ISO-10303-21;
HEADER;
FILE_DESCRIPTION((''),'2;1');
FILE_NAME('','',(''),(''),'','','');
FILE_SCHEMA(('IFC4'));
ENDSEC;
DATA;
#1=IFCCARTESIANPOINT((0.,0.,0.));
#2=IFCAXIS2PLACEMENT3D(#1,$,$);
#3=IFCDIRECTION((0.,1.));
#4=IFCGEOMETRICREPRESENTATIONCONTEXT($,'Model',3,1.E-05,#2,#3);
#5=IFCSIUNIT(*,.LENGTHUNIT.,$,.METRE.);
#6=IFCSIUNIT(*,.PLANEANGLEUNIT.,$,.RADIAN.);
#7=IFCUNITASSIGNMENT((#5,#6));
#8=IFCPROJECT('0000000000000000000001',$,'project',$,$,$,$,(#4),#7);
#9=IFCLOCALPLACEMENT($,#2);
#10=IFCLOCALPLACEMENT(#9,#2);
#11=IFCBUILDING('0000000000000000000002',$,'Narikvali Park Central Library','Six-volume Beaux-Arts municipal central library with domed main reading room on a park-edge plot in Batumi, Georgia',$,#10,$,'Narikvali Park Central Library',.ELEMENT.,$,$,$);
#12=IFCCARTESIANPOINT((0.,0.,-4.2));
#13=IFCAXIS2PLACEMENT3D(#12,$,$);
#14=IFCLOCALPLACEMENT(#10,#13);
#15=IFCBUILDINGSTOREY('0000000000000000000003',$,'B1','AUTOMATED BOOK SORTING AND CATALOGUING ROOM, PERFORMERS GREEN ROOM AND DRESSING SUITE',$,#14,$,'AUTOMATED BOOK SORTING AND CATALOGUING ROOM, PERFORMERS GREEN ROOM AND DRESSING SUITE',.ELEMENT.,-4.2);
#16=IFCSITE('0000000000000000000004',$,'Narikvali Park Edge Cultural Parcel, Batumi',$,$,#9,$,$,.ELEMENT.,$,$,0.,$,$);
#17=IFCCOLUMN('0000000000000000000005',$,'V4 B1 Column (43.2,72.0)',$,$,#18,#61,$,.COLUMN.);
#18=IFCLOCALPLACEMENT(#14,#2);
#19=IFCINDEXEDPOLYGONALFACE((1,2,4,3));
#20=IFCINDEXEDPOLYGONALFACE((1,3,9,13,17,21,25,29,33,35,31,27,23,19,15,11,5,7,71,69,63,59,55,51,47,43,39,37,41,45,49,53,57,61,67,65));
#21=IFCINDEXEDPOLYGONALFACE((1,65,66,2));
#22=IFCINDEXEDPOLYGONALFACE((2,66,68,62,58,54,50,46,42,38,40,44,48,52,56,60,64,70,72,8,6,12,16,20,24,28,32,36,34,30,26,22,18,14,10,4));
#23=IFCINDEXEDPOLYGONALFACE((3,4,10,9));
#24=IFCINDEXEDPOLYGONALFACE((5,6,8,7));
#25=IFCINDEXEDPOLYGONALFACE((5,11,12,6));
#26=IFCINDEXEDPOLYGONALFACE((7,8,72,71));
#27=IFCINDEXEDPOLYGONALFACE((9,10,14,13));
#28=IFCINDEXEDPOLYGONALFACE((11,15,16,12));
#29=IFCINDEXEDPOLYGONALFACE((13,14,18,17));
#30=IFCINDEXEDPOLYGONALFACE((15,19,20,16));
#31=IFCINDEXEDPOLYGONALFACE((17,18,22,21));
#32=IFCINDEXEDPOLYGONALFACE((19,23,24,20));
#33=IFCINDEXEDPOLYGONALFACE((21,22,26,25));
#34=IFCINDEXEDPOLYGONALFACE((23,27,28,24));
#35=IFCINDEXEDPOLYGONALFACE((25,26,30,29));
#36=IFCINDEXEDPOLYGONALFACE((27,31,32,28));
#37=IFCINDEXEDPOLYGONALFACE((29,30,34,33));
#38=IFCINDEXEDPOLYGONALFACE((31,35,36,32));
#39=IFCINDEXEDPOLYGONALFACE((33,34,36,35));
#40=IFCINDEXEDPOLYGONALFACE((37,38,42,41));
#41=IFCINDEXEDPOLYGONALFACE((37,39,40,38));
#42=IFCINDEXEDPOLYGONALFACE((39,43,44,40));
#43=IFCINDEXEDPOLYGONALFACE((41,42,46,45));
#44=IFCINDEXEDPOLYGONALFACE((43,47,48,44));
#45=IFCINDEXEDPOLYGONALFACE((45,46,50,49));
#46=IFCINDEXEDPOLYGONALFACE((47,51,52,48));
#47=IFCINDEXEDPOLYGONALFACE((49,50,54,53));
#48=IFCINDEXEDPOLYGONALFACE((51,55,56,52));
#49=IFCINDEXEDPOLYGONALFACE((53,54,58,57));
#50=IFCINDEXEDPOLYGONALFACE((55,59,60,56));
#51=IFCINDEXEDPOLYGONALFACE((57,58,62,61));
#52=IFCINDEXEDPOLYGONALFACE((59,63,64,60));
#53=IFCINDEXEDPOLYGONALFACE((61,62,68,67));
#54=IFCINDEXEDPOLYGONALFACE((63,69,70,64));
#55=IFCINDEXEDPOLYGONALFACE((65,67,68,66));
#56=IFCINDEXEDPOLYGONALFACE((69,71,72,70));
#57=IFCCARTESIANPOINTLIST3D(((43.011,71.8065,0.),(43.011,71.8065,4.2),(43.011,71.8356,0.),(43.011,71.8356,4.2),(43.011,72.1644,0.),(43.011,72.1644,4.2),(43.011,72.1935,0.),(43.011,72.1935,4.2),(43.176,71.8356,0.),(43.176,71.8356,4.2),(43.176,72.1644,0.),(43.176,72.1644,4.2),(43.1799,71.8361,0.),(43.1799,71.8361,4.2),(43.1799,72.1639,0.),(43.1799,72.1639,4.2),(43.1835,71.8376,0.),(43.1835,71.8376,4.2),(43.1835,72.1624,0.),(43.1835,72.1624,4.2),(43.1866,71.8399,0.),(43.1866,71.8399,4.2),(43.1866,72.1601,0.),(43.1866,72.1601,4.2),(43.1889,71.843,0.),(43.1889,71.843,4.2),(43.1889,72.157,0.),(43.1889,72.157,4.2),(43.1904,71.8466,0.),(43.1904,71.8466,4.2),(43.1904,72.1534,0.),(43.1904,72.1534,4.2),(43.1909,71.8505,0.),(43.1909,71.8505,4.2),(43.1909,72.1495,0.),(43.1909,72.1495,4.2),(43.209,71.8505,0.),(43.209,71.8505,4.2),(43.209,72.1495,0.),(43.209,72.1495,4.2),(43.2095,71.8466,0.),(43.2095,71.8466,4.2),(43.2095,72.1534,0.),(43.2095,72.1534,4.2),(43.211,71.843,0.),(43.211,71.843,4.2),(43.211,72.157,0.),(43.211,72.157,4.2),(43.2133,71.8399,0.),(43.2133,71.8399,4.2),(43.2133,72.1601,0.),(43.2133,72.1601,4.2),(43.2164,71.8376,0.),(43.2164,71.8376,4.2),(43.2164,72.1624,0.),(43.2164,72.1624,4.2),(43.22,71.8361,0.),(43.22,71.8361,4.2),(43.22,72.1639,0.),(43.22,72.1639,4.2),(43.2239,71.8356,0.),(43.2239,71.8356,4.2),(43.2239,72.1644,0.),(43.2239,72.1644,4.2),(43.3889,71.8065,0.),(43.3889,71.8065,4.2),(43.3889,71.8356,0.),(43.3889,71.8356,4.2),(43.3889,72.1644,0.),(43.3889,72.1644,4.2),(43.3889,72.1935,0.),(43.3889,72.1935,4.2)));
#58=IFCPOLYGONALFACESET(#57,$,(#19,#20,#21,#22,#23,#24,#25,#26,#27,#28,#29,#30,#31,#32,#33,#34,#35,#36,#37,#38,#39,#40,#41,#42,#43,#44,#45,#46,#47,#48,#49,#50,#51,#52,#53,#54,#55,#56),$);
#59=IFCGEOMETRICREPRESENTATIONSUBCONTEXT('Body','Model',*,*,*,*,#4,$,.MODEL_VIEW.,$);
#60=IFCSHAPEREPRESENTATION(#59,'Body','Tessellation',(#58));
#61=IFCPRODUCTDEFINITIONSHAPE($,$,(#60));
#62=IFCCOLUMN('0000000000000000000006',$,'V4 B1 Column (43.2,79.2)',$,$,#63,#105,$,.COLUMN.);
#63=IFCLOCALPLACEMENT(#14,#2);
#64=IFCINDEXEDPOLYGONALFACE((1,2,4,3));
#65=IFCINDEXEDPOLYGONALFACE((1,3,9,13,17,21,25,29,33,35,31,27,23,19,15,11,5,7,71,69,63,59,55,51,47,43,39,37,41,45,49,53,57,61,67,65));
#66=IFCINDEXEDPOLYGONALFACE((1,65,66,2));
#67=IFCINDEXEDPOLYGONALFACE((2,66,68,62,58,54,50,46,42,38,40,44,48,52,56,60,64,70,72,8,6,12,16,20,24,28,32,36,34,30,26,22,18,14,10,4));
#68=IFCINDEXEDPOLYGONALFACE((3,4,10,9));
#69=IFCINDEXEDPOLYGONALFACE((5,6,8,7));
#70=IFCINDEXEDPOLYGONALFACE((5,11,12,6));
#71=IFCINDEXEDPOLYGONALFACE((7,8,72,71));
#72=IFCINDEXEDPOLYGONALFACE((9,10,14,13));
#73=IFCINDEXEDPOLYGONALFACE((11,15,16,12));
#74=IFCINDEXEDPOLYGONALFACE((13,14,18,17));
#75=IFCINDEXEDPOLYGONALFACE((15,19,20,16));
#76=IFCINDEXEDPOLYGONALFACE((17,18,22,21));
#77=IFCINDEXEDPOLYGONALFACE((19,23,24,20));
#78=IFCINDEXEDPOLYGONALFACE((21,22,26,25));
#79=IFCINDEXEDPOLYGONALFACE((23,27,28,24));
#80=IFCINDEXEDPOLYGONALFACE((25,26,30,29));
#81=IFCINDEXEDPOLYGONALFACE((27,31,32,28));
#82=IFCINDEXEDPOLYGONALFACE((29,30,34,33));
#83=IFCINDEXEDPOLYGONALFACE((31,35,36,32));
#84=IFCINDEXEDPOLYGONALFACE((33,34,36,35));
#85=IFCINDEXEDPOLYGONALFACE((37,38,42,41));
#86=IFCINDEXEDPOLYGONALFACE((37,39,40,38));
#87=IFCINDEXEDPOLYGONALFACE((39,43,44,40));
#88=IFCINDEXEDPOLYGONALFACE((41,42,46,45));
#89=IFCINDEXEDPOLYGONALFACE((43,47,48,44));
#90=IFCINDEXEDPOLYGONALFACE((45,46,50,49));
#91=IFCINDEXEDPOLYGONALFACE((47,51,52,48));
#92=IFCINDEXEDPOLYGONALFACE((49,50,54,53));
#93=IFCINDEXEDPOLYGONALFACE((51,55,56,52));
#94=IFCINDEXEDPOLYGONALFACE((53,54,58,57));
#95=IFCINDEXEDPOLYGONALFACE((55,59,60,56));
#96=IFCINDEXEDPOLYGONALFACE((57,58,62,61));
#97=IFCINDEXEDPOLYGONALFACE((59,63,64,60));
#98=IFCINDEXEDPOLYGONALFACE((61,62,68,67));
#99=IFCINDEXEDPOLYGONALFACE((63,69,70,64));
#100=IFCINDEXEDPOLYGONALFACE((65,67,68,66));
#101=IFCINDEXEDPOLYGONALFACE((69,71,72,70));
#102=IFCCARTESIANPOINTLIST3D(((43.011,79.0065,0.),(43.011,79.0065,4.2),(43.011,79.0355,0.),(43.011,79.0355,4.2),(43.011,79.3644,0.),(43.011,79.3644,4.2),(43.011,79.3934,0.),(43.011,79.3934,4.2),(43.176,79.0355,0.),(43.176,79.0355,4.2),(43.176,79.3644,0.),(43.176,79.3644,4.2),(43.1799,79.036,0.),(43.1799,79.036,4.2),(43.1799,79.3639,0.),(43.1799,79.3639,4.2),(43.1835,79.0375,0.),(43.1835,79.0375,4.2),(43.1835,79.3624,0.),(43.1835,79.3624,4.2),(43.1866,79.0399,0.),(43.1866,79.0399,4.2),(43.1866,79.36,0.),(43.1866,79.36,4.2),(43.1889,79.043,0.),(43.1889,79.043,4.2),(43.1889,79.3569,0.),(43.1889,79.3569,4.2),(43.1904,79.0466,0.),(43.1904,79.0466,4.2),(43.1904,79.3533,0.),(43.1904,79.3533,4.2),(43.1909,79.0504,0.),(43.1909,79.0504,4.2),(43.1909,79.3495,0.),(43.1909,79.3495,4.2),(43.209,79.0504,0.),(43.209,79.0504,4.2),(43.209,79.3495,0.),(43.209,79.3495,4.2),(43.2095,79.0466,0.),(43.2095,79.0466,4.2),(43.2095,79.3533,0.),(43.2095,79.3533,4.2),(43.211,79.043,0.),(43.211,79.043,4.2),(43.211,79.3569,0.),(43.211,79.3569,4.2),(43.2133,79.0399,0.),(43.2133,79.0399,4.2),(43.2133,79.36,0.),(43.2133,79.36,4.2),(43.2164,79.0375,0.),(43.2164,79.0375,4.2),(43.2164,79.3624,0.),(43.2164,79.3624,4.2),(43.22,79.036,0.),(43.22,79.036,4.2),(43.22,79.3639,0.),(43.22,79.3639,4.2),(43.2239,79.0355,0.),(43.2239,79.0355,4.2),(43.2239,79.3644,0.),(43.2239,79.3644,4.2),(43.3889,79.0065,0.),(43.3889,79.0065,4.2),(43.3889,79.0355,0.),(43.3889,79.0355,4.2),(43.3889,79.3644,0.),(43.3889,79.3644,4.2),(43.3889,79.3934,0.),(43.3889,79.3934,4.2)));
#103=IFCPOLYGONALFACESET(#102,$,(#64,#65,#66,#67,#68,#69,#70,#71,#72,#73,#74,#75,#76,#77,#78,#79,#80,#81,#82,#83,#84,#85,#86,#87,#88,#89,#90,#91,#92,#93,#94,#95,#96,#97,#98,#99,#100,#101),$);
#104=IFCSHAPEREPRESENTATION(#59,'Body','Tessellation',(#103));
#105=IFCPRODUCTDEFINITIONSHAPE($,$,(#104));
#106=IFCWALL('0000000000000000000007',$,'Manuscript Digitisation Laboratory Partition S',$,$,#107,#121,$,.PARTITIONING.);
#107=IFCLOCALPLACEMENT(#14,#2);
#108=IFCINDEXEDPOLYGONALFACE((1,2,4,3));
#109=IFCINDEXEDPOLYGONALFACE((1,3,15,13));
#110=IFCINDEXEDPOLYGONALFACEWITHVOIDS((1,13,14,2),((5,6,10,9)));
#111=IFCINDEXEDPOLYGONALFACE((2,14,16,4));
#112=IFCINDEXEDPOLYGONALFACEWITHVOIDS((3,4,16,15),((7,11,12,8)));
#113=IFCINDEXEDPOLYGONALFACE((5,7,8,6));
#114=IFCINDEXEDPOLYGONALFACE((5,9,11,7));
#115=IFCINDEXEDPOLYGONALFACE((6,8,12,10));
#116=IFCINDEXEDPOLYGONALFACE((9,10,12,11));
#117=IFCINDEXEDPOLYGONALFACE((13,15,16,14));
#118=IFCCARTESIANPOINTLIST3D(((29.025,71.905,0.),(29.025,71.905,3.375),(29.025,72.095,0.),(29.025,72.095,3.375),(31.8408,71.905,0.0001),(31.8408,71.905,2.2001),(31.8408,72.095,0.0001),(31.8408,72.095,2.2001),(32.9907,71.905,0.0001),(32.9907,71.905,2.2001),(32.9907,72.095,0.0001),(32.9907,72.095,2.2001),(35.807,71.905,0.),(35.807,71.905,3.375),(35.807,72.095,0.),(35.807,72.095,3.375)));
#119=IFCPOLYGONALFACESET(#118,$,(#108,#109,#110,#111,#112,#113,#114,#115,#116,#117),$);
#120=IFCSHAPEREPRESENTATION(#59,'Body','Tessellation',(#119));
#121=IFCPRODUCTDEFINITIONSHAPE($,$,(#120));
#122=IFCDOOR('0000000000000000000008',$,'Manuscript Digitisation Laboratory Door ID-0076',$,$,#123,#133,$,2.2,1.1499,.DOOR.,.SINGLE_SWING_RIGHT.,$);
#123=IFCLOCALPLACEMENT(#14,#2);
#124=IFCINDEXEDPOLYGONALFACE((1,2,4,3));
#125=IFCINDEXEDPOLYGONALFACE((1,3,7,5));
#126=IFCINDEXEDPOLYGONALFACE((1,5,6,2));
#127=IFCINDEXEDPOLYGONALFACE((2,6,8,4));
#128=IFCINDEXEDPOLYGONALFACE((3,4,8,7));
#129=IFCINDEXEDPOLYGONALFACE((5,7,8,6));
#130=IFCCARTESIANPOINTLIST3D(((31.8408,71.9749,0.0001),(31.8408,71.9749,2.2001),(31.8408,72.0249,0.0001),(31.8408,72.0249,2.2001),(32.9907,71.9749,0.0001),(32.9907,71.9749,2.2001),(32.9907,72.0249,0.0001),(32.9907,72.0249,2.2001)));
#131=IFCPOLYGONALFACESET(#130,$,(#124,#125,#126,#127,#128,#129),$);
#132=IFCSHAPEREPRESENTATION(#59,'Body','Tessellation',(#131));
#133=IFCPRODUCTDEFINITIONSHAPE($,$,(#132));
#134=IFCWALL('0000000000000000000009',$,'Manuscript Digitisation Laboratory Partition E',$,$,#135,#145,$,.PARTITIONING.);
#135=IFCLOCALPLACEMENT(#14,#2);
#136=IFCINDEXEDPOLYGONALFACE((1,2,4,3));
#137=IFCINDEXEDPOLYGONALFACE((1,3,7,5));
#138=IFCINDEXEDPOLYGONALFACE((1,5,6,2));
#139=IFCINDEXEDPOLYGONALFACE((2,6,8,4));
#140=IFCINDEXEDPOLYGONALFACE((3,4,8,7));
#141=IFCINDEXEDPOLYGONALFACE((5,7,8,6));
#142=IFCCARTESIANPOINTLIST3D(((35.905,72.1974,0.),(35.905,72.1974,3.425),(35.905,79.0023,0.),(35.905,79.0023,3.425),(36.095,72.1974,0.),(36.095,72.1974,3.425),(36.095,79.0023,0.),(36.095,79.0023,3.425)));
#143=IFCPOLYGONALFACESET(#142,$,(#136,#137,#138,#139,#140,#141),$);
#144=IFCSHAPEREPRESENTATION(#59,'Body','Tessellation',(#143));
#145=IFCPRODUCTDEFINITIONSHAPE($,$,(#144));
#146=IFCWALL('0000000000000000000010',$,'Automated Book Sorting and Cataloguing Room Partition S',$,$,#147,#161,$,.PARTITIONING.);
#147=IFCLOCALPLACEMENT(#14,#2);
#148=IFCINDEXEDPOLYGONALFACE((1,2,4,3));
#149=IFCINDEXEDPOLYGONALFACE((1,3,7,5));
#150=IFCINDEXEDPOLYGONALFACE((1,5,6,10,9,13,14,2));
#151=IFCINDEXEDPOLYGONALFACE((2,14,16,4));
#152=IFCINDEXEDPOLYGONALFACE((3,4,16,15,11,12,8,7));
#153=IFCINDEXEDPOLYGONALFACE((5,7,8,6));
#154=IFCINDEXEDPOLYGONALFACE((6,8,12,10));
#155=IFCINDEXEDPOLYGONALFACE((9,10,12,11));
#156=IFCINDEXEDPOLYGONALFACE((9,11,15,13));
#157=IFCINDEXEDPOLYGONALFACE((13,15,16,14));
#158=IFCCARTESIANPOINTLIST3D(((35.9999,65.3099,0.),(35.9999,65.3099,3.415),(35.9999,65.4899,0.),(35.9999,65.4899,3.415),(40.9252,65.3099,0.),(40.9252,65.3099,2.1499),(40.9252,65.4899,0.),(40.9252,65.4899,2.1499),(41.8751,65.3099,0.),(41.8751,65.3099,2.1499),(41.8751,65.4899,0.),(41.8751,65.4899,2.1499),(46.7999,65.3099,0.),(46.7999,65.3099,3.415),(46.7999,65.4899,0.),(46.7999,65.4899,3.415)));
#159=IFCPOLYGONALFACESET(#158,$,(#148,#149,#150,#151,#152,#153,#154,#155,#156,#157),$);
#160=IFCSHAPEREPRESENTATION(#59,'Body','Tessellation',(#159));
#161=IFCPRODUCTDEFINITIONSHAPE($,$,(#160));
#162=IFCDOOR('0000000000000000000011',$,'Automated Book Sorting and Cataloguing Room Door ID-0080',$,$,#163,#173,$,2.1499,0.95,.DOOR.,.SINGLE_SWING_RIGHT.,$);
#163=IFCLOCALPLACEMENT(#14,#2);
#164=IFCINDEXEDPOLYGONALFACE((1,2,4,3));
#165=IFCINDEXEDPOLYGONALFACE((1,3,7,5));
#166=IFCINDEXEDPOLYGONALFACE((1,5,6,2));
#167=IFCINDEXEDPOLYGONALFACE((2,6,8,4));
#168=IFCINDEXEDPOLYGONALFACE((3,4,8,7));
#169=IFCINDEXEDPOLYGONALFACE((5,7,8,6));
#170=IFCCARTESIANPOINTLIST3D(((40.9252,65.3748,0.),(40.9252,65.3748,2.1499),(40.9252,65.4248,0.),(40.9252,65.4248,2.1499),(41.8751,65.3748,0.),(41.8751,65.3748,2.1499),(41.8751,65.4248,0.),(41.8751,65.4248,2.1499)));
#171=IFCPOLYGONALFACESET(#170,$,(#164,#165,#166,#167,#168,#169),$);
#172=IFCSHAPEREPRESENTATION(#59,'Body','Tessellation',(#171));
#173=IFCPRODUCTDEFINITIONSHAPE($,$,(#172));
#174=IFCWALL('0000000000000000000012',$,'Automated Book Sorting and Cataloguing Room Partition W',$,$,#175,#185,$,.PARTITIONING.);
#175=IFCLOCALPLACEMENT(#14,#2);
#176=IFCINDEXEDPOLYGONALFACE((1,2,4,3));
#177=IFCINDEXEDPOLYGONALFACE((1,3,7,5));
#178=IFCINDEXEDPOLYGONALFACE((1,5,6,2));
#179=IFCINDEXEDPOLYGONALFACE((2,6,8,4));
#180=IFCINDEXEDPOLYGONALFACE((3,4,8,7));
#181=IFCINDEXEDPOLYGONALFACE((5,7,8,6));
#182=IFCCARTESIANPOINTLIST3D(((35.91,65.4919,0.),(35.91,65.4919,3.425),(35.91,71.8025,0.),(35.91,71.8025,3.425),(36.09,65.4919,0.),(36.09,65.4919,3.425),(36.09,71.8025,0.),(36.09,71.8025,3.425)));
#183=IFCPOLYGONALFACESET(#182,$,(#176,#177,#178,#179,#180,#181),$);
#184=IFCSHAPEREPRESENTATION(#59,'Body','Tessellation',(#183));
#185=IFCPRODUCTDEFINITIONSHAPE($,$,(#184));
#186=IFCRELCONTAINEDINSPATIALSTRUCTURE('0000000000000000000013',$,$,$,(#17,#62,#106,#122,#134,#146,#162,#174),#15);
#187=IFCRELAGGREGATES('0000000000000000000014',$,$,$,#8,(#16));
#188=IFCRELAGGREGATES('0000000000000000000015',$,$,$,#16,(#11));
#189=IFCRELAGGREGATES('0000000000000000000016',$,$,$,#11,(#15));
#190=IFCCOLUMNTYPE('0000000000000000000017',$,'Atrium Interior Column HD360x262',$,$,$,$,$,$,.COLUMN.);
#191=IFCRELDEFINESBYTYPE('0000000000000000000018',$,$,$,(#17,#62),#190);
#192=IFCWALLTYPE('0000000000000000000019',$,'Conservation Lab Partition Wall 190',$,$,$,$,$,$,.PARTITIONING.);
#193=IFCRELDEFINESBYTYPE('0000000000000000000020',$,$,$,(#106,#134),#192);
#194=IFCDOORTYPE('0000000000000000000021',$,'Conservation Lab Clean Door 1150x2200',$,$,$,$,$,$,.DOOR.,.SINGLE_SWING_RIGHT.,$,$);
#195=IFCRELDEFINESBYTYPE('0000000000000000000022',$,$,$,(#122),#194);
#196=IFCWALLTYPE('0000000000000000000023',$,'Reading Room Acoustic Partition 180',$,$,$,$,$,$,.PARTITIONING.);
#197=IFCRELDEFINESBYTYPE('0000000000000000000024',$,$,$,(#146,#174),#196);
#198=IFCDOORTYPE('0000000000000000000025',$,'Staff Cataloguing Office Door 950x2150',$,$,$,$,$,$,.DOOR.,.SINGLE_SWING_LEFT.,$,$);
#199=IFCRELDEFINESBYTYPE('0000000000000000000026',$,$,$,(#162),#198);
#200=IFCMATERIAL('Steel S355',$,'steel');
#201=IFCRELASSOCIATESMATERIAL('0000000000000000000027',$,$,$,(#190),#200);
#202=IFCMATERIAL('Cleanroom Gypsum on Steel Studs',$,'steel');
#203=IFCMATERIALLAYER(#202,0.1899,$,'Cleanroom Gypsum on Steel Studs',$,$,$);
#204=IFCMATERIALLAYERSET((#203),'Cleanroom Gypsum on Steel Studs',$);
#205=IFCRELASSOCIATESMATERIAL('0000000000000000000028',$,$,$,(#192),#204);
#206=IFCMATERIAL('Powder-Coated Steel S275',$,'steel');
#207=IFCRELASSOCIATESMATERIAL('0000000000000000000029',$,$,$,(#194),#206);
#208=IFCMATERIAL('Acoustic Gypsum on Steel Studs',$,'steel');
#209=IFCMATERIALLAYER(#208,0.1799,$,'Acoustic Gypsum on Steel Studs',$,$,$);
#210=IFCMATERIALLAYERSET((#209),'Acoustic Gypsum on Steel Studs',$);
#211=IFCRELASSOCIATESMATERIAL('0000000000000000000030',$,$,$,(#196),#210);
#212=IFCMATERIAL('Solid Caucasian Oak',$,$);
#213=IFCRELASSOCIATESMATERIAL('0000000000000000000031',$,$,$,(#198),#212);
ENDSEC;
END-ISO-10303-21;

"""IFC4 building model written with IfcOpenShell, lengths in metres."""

from ifc_helpers import new_model, si_unit, direction, frame, frame_2d, origin, origin_2d, place, context, subcontext, project, spatial, rectangle, i_section, extrude, material, layer, layer_set, material_profile, profile_set, type_object, element, fill, save


model = new_model("IFC4")

# Units and contexts
model_context = context("Model", 3, precision=1e-05, world=origin(), true_north=direction((0.0, 1.0)))
body_context = subcontext(model_context, "Body", "Model", "MODEL_VIEW")
ifc_project = project(units=[si_unit("LENGTHUNIT", "METRE"), si_unit("PLANEANGLEUNIT", "RADIAN")], contexts=[model_context])

# Site, building, storey
site_placement = place(None, origin())
site = spatial("IfcSite", under=ifc_project, at=site_placement, Name="Narikvali Park Edge Cultural Parcel, Batumi", CompositionType="ELEMENT", RefElevation=0.0)
building_placement = place(site_placement, origin())
building = spatial("IfcBuilding", under=site, at=building_placement, Name="Narikvali Park Central Library", Description="Six-volume Beaux-Arts municipal central library with domed main reading room on a park-edge plot in Batumi, Georgia", LongName="Narikvali Park Central Library", CompositionType="ELEMENT")
storey_placement = place(building_placement, frame((0.0, 0.0, -4.2)))
storey = spatial("IfcBuildingStorey", under=building, at=storey_placement, Name="B1", Description="AUTOMATED BOOK SORTING AND CATALOGUING ROOM, PERFORMERS GREEN ROOM AND DRESSING SUITE", LongName="AUTOMATED BOOK SORTING AND CATALOGUING ROOM, PERFORMERS GREEN ROOM AND DRESSING SUITE", CompositionType="ELEMENT", Elevation=-4.2)

# Columns
ifc_material_1 = material(Name="Steel S355", Category="steel")
ifc_material_profile_1 = material_profile(ifc_material_1, i_section(OverallWidth=0.3779, OverallDepth=0.387, WebThickness=0.0181, FlangeThickness=0.0291, FilletRadius=0.0149, at=origin_2d()), Name="HD 360x262")
ifc_profile_set_1 = profile_set([ifc_material_profile_1], Name="Steel S355")
column_type = type_object("IfcColumnType", Name="Atrium Interior Column HD360x262", PredefinedType="COLUMN", material=ifc_profile_set_1)
for number, where, z_axis, x_axis, name in (
    (1, (43.2, 72.0, 0.0), (0.0, 0.0, 1.0), (1.0, 0.0, 0.0), "V4 B1 Column (43.2,72.0)"),
    (2, (43.2, 79.2, 0.0), (0.0, 0.0, 1.0), (1.0, 0.0, 0.0), "V4 B1 Column (43.2,79.2)"),
):
    element("IfcColumn", number, at=place(storey_placement, frame(where, z_axis=z_axis, x_axis=x_axis)), inside=storey, type_object=column_type, Name=name, PredefinedType="COLUMN", context=body_context, shape_type="SweptSolid", body=[
        extrude(i_section(OverallWidth=0.3779, OverallDepth=0.387, WebThickness=0.0181, FlangeThickness=0.0291, FilletRadius=0.0149, at=origin_2d()), origin(), (0.0, 0.0, 1.0), 4.2),
    ])

# Wall, opening, door
ifc_material_2 = material(Name="Cleanroom Gypsum on Steel Studs", Category="steel")
ifc_layer_1 = layer(ifc_material_2, 0.1899, Name="Cleanroom Gypsum on Steel Studs")
ifc_layer_set_1 = layer_set([ifc_layer_1], Name="Cleanroom Gypsum on Steel Studs")
wall_type_1 = type_object("IfcWallType", Name="Conservation Lab Partition Wall 190", PredefinedType="PARTITIONING", material=ifc_layer_set_1)
wall_1_placement = place(storey_placement, frame((29.0249, 72.0, 0.0), z_axis=(0.0, 0.0, 1.0), x_axis=(1.0, 0.0, 0.0)))
wall_1 = element("IfcWall", 3, at=wall_1_placement, inside=storey, type_object=wall_type_1, Name="Manuscript Digitisation Laboratory Partition S", PredefinedType="PARTITIONING", context=body_context, shape_type="SweptSolid", body=[
    extrude(rectangle(XDim=6.782, YDim=0.1899, at=frame_2d((3.3911, 0.0))), origin(), (0.0, 0.0, 1.0), 3.375),
])
opening_1_placement = place(wall_1_placement, frame((2.8159, 0.0, 0.0)))
opening_1 = element("IfcOpeningElement", 4, at=opening_1_placement, cuts=wall_1, PredefinedType="OPENING", context=body_context, shape_type="SweptSolid", body=[
    extrude(rectangle(XDim=1.1499, YDim=2.2, at=frame_2d((0.575, 1.1001))), frame((0.0, 0.1069, 0.0), z_axis=(0.0, -1.0, 0.0), x_axis=(1.0, 0.0, 0.0)), (0.0, 0.0, 1.0), 0.2139),
])
ifc_material_3 = material(Name="Powder-Coated Steel S275", Category="steel")
door_type_1 = type_object("IfcDoorType", Name="Conservation Lab Clean Door 1150x2200", OperationType="SINGLE_SWING_RIGHT", PredefinedType="DOOR", material=ifc_material_3)
door_1_placement = place(opening_1_placement, origin())
door_1 = element("IfcDoor", 5, at=door_1_placement, inside=storey, type_object=door_type_1, Name="Manuscript Digitisation Laboratory Door ID-0076", OperationType="SINGLE_SWING_RIGHT", OverallHeight=2.2, OverallWidth=1.1499, PredefinedType="DOOR", context=body_context, shape_type="SweptSolid", body=[
    extrude(rectangle(XDim=1.1499, YDim=2.2, at=frame_2d((0.575, 1.1001))), frame((0.0, 0.0249, 0.0), z_axis=(0.0, -1.0, 0.0), x_axis=(1.0, 0.0, 0.0)), (0.0, 0.0, 1.0), 0.05),
])
fill(opening_1, door_1)

# Wall
wall_2_placement = place(storey_placement, frame((36.0, 72.1975, 0.0), z_axis=(0.0, 0.0, 1.0), x_axis=(0.0, 1.0, 0.0)))
element("IfcWall", 6, at=wall_2_placement, inside=storey, type_object=wall_type_1, Name="Manuscript Digitisation Laboratory Partition E", PredefinedType="PARTITIONING", context=body_context, shape_type="SweptSolid", body=[
    extrude(rectangle(XDim=6.8049, YDim=0.1899, at=frame_2d((3.4023, 0.0))), origin(), (0.0, 0.0, 1.0), 3.425),
])

# Wall, opening, door
ifc_material_4 = material(Name="Acoustic Gypsum on Steel Studs", Category="steel")
ifc_layer_2 = layer(ifc_material_4, 0.1799, Name="Acoustic Gypsum on Steel Studs")
ifc_layer_set_2 = layer_set([ifc_layer_2], Name="Acoustic Gypsum on Steel Studs")
wall_type_2 = type_object("IfcWallType", Name="Reading Room Acoustic Partition 180", PredefinedType="PARTITIONING", material=ifc_layer_set_2)
wall_3_placement = place(storey_placement, frame((36.0, 65.3999, 0.0), z_axis=(0.0, 0.0, 1.0), x_axis=(1.0, 0.0, 0.0)))
wall_3 = element("IfcWall", 7, at=wall_3_placement, inside=storey, type_object=wall_type_2, Name="Automated Book Sorting and Cataloguing Room Partition S", PredefinedType="PARTITIONING", context=body_context, shape_type="SweptSolid", body=[
    extrude(rectangle(XDim=10.8, YDim=0.1799, at=frame_2d((5.3999, 0.0))), origin(), (0.0, 0.0, 1.0), 3.415),
])
opening_2_placement = place(wall_3_placement, frame((4.925, 0.0, 0.0)))
opening_2 = element("IfcOpeningElement", 8, at=opening_2_placement, cuts=wall_3, PredefinedType="OPENING", context=body_context, shape_type="SweptSolid", body=[
    extrude(rectangle(XDim=0.95, YDim=2.1499, at=frame_2d((0.4751, 1.075))), frame((0.0, 0.1021, 0.0), z_axis=(0.0, -1.0, 0.0), x_axis=(1.0, 0.0, 0.0)), (0.0, 0.0, 1.0), 0.2039),
])
ifc_material_5 = material(Name="Solid Caucasian Oak")
door_type_2 = type_object("IfcDoorType", Name="Staff Cataloguing Office Door 950x2150", OperationType="SINGLE_SWING_LEFT", PredefinedType="DOOR", material=ifc_material_5)
door_2_placement = place(opening_2_placement, origin())
door_2 = element("IfcDoor", 9, at=door_2_placement, inside=storey, type_object=door_type_2, Name="Automated Book Sorting and Cataloguing Room Door ID-0080", OperationType="SINGLE_SWING_RIGHT", OverallHeight=2.1499, OverallWidth=0.95, PredefinedType="DOOR", context=body_context, shape_type="SweptSolid", body=[
    extrude(rectangle(XDim=0.95, YDim=2.1499, at=frame_2d((0.4751, 1.075))), frame((0.0, 0.0249, 0.0), z_axis=(0.0, -1.0, 0.0), x_axis=(1.0, 0.0, 0.0)), (0.0, 0.0, 1.0), 0.05),
])
fill(opening_2, door_2)

# Wall
wall_4_placement = place(storey_placement, frame((36.0, 65.4919, 0.0), z_axis=(0.0, 0.0, 1.0), x_axis=(0.0, 1.0, 0.0)))
element("IfcWall", 10, at=wall_4_placement, inside=storey, type_object=wall_type_2, Name="Automated Book Sorting and Cataloguing Room Partition W", PredefinedType="PARTITIONING", context=body_context, shape_type="SweptSolid", body=[
    extrude(rectangle(XDim=6.3105, YDim=0.1799, at=frame_2d((3.1553, 0.0))), origin(), (0.0, 0.0, 1.0), 3.425),
])

save(model, "model.ifc")
